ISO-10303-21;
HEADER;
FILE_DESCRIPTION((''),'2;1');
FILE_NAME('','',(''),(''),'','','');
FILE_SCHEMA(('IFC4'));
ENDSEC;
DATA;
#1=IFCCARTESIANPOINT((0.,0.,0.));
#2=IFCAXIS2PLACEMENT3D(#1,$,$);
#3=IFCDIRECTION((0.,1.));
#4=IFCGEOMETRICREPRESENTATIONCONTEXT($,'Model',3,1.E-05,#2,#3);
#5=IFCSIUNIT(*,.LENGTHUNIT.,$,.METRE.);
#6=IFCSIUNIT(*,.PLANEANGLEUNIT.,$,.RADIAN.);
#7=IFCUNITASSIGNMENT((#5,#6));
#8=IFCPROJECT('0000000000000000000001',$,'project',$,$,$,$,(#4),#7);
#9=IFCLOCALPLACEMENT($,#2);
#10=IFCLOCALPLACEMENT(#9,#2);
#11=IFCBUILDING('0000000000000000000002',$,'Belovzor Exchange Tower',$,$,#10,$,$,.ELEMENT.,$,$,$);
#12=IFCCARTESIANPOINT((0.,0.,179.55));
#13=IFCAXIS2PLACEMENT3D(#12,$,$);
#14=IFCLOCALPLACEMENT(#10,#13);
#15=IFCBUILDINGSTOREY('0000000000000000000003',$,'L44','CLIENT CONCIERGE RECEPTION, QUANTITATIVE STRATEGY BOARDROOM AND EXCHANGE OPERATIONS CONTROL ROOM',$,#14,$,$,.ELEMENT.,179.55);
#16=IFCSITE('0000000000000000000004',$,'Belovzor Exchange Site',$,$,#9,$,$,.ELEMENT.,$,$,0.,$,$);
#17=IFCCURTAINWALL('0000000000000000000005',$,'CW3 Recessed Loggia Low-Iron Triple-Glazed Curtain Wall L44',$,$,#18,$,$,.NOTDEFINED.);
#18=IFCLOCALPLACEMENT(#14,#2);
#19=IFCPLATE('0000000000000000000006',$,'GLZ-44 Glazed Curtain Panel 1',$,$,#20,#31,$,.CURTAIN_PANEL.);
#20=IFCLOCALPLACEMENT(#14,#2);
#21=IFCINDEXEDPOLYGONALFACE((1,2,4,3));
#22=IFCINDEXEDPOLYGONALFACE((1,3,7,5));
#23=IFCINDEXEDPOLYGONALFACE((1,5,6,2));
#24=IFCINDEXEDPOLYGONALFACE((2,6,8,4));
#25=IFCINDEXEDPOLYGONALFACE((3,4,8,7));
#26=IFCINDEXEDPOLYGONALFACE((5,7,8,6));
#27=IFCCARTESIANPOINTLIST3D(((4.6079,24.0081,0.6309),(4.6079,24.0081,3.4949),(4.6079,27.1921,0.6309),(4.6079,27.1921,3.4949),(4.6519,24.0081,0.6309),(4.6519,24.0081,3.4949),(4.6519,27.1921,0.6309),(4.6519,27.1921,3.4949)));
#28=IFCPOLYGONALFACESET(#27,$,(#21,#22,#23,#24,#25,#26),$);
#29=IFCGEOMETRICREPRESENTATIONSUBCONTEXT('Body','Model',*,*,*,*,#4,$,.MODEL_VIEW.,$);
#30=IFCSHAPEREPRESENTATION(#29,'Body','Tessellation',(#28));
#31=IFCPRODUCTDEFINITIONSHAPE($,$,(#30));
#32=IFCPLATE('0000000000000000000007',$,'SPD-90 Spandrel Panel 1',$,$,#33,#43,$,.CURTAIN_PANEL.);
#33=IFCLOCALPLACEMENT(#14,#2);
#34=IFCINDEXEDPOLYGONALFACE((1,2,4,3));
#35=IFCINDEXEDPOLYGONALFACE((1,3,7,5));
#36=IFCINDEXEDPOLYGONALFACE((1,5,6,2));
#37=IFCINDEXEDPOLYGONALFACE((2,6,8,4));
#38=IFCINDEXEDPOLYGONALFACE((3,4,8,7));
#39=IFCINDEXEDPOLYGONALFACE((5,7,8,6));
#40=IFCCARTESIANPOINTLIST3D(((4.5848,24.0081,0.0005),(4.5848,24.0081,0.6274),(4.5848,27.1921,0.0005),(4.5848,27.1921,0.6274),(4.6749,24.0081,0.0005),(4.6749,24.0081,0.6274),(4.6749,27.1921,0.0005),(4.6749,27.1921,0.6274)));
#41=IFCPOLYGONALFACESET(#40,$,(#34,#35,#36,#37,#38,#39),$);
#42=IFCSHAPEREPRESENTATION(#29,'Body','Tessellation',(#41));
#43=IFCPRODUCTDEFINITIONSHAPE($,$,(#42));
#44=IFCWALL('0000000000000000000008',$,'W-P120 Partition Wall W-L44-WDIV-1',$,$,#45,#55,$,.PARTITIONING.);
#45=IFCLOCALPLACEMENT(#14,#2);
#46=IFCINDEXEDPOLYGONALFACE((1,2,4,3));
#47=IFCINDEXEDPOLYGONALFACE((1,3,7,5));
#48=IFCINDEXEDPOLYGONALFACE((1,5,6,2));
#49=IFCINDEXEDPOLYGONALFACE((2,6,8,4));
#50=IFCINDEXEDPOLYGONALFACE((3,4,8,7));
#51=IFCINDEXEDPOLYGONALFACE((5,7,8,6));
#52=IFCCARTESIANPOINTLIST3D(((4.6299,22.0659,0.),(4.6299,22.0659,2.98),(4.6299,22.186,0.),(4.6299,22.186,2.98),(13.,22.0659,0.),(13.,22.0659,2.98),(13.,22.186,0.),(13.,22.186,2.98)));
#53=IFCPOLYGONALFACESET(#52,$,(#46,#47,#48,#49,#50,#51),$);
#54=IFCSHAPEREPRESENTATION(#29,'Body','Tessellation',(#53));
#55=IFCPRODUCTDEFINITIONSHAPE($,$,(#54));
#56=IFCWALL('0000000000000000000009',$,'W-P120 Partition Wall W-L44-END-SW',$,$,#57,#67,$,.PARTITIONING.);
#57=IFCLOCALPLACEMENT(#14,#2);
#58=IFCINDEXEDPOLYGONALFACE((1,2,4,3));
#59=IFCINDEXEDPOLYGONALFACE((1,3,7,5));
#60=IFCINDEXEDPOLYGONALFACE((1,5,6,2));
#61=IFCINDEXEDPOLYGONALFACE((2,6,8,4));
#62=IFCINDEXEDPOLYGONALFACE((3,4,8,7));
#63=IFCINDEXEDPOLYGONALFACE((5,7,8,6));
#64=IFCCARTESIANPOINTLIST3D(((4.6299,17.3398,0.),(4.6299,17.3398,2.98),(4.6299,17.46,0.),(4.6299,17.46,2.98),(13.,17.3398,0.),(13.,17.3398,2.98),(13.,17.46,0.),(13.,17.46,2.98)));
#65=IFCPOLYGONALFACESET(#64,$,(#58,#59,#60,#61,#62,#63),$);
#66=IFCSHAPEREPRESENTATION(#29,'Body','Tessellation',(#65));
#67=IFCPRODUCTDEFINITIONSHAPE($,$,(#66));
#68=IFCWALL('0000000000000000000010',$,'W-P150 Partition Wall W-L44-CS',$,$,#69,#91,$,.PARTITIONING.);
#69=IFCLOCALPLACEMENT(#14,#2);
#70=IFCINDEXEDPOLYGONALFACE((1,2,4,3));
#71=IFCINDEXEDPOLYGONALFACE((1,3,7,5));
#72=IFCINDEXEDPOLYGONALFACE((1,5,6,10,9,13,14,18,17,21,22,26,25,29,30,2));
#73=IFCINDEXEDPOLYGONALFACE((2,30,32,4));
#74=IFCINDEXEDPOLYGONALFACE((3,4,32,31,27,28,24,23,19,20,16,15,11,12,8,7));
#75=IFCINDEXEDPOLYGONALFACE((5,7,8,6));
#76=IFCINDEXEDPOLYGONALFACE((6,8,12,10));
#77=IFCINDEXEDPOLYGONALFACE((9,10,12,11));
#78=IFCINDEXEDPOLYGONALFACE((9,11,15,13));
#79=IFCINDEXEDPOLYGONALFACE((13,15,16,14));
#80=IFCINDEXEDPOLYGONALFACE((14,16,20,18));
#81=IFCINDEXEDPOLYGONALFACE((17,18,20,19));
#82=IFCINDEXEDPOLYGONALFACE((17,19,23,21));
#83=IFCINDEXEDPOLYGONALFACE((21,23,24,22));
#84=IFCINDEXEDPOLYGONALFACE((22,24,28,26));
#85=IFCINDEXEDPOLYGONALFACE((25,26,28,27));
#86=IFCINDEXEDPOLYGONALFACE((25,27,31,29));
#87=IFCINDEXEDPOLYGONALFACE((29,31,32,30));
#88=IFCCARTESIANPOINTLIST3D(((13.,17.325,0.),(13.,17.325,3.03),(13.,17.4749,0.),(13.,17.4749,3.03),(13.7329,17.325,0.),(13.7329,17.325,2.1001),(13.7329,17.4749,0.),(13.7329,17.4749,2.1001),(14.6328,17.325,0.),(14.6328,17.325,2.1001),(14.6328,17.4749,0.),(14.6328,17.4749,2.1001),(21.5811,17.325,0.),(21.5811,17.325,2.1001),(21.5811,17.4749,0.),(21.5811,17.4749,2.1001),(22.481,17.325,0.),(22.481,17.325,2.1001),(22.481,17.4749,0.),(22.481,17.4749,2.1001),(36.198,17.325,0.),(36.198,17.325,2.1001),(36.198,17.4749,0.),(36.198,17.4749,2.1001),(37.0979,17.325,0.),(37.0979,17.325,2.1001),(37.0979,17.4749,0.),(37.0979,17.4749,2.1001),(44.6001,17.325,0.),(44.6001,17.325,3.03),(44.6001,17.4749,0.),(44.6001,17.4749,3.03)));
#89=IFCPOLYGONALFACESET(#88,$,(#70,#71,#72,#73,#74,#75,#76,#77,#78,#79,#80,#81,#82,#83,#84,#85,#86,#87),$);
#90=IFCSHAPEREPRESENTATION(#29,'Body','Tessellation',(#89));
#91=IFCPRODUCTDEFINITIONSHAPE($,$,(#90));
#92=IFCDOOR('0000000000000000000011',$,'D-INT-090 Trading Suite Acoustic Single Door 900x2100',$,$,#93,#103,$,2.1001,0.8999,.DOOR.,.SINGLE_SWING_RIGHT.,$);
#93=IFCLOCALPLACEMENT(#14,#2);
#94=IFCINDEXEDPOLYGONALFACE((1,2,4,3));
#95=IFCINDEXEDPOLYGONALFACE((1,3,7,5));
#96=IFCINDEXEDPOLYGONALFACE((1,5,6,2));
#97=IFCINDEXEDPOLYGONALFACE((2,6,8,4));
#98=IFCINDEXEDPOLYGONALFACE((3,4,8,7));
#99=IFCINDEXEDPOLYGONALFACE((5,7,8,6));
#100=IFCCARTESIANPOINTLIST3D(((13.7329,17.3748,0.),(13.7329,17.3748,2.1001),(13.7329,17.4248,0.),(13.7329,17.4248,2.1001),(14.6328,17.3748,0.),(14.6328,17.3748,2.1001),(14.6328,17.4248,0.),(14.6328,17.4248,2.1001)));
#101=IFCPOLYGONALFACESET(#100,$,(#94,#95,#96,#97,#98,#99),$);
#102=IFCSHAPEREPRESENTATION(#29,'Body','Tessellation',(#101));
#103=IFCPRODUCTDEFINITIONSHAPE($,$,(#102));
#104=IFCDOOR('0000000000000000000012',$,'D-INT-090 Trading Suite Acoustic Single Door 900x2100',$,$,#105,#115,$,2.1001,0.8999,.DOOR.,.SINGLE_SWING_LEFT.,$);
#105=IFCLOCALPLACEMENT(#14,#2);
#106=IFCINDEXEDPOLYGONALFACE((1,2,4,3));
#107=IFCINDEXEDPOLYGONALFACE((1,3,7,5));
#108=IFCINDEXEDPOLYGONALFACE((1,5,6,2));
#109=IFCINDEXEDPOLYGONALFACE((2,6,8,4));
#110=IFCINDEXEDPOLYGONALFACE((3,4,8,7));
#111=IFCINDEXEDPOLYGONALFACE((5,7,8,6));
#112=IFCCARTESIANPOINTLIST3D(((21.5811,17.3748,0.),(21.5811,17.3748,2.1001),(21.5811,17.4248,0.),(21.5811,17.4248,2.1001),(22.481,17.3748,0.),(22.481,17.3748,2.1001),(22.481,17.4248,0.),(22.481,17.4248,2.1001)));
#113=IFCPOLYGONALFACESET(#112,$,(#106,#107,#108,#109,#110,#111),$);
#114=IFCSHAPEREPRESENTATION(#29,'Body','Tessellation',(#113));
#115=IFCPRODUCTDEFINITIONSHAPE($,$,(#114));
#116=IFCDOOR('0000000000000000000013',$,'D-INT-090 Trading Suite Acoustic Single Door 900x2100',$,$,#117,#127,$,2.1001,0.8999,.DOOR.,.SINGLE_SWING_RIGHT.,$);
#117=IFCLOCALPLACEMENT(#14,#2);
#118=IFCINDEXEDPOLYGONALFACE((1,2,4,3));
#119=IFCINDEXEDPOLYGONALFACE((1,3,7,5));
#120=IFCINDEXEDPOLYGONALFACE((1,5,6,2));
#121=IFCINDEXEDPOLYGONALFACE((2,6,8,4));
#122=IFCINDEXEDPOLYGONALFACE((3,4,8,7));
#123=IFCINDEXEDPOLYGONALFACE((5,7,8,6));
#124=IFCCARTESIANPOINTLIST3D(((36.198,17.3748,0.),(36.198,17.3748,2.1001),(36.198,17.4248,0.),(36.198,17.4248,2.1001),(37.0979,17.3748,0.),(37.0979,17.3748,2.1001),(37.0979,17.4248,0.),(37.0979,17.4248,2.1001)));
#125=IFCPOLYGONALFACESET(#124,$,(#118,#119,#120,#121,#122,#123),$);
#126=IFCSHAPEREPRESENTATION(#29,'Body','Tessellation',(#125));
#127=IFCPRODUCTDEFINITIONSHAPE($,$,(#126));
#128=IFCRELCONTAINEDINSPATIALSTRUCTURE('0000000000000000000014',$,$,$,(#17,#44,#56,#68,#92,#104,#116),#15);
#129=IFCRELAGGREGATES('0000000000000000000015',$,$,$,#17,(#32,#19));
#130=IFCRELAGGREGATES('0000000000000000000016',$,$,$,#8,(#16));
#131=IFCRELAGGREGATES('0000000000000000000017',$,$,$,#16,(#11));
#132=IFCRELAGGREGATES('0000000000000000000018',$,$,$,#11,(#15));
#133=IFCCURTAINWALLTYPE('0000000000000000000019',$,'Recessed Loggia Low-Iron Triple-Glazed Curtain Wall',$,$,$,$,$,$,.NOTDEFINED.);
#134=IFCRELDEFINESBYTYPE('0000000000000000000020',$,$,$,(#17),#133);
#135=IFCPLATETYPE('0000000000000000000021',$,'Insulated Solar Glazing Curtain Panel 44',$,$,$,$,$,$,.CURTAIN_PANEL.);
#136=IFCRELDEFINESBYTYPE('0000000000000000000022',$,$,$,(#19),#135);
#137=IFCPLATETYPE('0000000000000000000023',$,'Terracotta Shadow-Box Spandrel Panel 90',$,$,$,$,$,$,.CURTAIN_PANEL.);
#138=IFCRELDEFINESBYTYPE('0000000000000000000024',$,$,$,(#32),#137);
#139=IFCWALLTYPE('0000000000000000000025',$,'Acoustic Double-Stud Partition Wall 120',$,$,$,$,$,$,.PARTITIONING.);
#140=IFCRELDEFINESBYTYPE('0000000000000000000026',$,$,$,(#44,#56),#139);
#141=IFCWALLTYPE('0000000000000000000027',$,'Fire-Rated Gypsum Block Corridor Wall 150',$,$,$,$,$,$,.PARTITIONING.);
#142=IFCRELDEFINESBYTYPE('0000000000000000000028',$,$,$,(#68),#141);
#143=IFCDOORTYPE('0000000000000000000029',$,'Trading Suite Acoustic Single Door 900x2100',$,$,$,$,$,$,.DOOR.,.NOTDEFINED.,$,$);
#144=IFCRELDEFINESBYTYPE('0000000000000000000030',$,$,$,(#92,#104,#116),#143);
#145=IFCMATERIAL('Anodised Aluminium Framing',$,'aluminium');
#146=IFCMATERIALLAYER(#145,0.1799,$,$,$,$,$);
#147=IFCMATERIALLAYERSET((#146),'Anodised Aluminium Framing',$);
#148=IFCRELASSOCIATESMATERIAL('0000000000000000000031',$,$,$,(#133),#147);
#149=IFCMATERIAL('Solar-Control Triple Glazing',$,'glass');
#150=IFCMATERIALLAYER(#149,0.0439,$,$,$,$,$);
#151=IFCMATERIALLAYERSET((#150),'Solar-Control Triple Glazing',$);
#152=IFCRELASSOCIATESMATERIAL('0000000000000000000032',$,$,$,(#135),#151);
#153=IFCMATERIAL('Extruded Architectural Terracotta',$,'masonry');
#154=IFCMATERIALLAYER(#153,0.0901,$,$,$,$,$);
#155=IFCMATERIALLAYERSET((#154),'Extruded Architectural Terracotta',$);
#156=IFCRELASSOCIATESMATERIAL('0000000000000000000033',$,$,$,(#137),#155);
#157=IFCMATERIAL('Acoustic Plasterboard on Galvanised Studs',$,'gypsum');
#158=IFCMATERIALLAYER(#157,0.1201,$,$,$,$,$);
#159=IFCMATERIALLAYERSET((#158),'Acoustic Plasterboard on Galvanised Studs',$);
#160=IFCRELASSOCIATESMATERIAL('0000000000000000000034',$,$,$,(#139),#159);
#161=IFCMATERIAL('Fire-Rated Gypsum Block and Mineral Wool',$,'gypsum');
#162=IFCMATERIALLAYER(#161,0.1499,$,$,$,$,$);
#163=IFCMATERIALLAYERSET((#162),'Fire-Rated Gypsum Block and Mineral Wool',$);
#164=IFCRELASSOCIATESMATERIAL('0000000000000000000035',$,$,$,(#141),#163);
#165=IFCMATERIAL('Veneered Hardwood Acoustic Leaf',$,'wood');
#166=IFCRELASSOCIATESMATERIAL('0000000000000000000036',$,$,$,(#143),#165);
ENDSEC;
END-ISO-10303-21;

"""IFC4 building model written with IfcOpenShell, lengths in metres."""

from ifc_helpers import new_model, si_unit, direction, frame, frame_2d, origin, origin_2d, place, context, subcontext, project, spatial, rectangle, extrude, material, layer, layer_set, type_object, element, fill, aggregate, save


model = new_model("IFC4")

# Units and contexts
model_context = context("Model", 3, precision=1e-05, world=origin(), true_north=direction((0.0, 1.0)))
body_context = subcontext(model_context, "Body", "Model", "MODEL_VIEW")
ifc_project = project(units=[si_unit("LENGTHUNIT", "METRE"), si_unit("PLANEANGLEUNIT", "RADIAN")], contexts=[model_context])

# Site, building, storey
site_placement = place(None, origin())
site = spatial("IfcSite", under=ifc_project, at=site_placement, Name="Belovzor Exchange Site", CompositionType="ELEMENT", RefElevation=0.0)
building_placement = place(site_placement, origin())
building = spatial("IfcBuilding", under=site, at=building_placement, Name="Belovzor Exchange Tower", CompositionType="ELEMENT")
storey_placement = place(building_placement, frame((0.0, 0.0, 179.55)))
storey = spatial("IfcBuildingStorey", under=building, at=storey_placement, Name="L44", Description="CLIENT CONCIERGE RECEPTION, QUANTITATIVE STRATEGY BOARDROOM AND EXCHANGE OPERATIONS CONTROL ROOM", CompositionType="ELEMENT", Elevation=179.55)

# Curtain wall
ifc_material_1 = material(Name="Anodised Aluminium Framing", Category="aluminium")
ifc_layer_1 = layer(ifc_material_1, 0.1799)
ifc_layer_set_1 = layer_set([ifc_layer_1], Name="Anodised Aluminium Framing")
curtain_wall_type = type_object("IfcCurtainWallType", Name="Recessed Loggia Low-Iron Triple-Glazed Curtain Wall", PredefinedType="NOTDEFINED", material=ifc_layer_set_1)
curtain_wall_placement = place(storey_placement, origin())
curtain_wall = element("IfcCurtainWall", 1, at=curtain_wall_placement, inside=storey, type_object=curtain_wall_type, Name="CW3 Recessed Loggia Low-Iron Triple-Glazed Curtain Wall L44", PredefinedType="NOTDEFINED")

# Plates
ifc_material_2 = material(Name="Solar-Control Triple Glazing", Category="glass")
ifc_layer_2 = layer(ifc_material_2, 0.0439)
ifc_layer_set_2 = layer_set([ifc_layer_2], Name="Solar-Control Triple Glazing")
plate_type_1 = type_object("IfcPlateType", Name="Insulated Solar Glazing Curtain Panel 44", PredefinedType="CURTAIN_PANEL", material=ifc_layer_set_2)
plate_1_placement = place(storey_placement, frame((4.6299, 25.6001, 0.6309), z_axis=(0.0, 0.0, 1.0), x_axis=(0.0, 1.0, 0.0)))
plate_1 = element("IfcPlate", 2, at=plate_1_placement, type_object=plate_type_1, Name="GLZ-44 Glazed Curtain Panel 1", PredefinedType="CURTAIN_PANEL", context=body_context, shape_type="SweptSolid", body=[
    extrude(rectangle(XDim=3.1841, YDim=0.0439, at=origin_2d()), origin(), (0.0, 0.0, 1.0), 2.864),
])
ifc_material_3 = material(Name="Extruded Architectural Terracotta", Category="masonry")
ifc_layer_3 = layer(ifc_material_3, 0.0901)
ifc_layer_set_3 = layer_set([ifc_layer_3], Name="Extruded Architectural Terracotta")
plate_type_2 = type_object("IfcPlateType", Name="Terracotta Shadow-Box Spandrel Panel 90", PredefinedType="CURTAIN_PANEL", material=ifc_layer_set_3)
plate_2_placement = place(storey_placement, frame((4.6299, 25.6001, 0.0005), z_axis=(0.0, 0.0, 1.0), x_axis=(0.0, 1.0, 0.0)))
plate_2 = element("IfcPlate", 3, at=plate_2_placement, type_object=plate_type_2, Name="SPD-90 Spandrel Panel 1", PredefinedType="CURTAIN_PANEL", context=body_context, shape_type="SweptSolid", body=[
    extrude(rectangle(XDim=3.1841, YDim=0.0901, at=origin_2d()), origin(), (0.0, 0.0, 1.0), 0.627),
])
aggregate(curtain_wall, [plate_2, plate_1])

# Walls
ifc_material_4 = material(Name="Acoustic Plasterboard on Galvanised Studs", Category="gypsum")
ifc_layer_4 = layer(ifc_material_4, 0.1201)
ifc_layer_set_4 = layer_set([ifc_layer_4], Name="Acoustic Plasterboard on Galvanised Studs")
wall_type_1 = type_object("IfcWallType", Name="Acoustic Double-Stud Partition Wall 120", PredefinedType="PARTITIONING", material=ifc_layer_set_4)
for number, where, z_axis, x_axis, name in (
    (4, (4.6299, 22.126, 0.0), (0.0, 0.0, 1.0), (1.0, 0.0, 0.0), "W-P120 Partition Wall W-L44-WDIV-1"),
    (5, (4.6299, 17.3999, 0.0), (0.0, 0.0, 1.0), (1.0, 0.0, 0.0), "W-P120 Partition Wall W-L44-END-SW"),
):
    element("IfcWall", number, at=place(storey_placement, frame(where, z_axis=z_axis, x_axis=x_axis)), inside=storey, type_object=wall_type_1, Name=name, PredefinedType="PARTITIONING", context=body_context, shape_type="SweptSolid", body=[
        extrude(rectangle(XDim=8.3701, YDim=0.1201, at=frame_2d((4.1851, 0.0))), origin(), (0.0, 0.0, 1.0), 2.98),
    ])

# Wall, openings, doors
ifc_material_5 = material(Name="Fire-Rated Gypsum Block and Mineral Wool", Category="gypsum")
ifc_layer_5 = layer(ifc_material_5, 0.1499)
ifc_layer_set_5 = layer_set([ifc_layer_5], Name="Fire-Rated Gypsum Block and Mineral Wool")
wall_type_2 = type_object("IfcWallType", Name="Fire-Rated Gypsum Block Corridor Wall 150", PredefinedType="PARTITIONING", material=ifc_layer_set_5)
wall_1_placement = place(storey_placement, frame((13.0, 17.3999, 0.0), z_axis=(0.0, 0.0, 1.0), x_axis=(1.0, 0.0, 0.0)))
wall_1 = element("IfcWall", 6, at=wall_1_placement, inside=storey, type_object=wall_type_2, Name="W-P150 Partition Wall W-L44-CS", PredefinedType="PARTITIONING", context=body_context, shape_type="SweptSolid", body=[
    extrude(rectangle(XDim=31.6001, YDim=0.1499, at=frame_2d((15.8, 0.0))), origin(), (0.0, 0.0, 1.0), 3.03),
])
opening_1_placement = place(wall_1_placement, frame((0.7329, 0.0, 0.0)))
opening_1 = element("IfcOpeningElement", 7, at=opening_1_placement, cuts=wall_1, PredefinedType="OPENING", context=body_context, shape_type="SweptSolid", body=[
    extrude(rectangle(XDim=0.8999, YDim=2.1001, at=frame_2d((0.45, 1.05))), frame((0.0, 0.085, 0.0), z_axis=(0.0, -1.0, 0.0), x_axis=(1.0, 0.0, 0.0)), (0.0, 0.0, 1.0), 0.1699),
])
opening_2_placement = place(wall_1_placement, frame((8.5811, 0.0, 0.0)))
opening_2 = element("IfcOpeningElement", 8, at=opening_2_placement, cuts=wall_1, PredefinedType="OPENING", context=body_context, shape_type="SweptSolid", body=[
    extrude(rectangle(XDim=0.8999, YDim=2.1001, at=frame_2d((0.45, 1.05))), frame((0.0, 0.085, 0.0), z_axis=(0.0, -1.0, 0.0), x_axis=(1.0, 0.0, 0.0)), (0.0, 0.0, 1.0), 0.1699),
])
opening_3_placement = place(wall_1_placement, frame((23.198, 0.0, 0.0)))
opening_3 = element("IfcOpeningElement", 9, at=opening_3_placement, cuts=wall_1, PredefinedType="OPENING", context=body_context, shape_type="SweptSolid", body=[
    extrude(rectangle(XDim=0.8999, YDim=2.1001, at=frame_2d((0.45, 1.05))), frame((0.0, 0.085, 0.0), z_axis=(0.0, -1.0, 0.0), x_axis=(1.0, 0.0, 0.0)), (0.0, 0.0, 1.0), 0.1699),
])
ifc_material_6 = material(Name="Veneered Hardwood Acoustic Leaf", Category="wood")
door_type = type_object("IfcDoorType", Name="Trading Suite Acoustic Single Door 900x2100", OperationType="NOTDEFINED", PredefinedType="DOOR", material=ifc_material_6)
door_1_placement = place(opening_1_placement, origin())
door_1 = element("IfcDoor", 10, at=door_1_placement, inside=storey, type_object=door_type, Name="D-INT-090 Trading Suite Acoustic Single Door 900x2100", OperationType="SINGLE_SWING_RIGHT", OverallHeight=2.1001, OverallWidth=0.8999, PredefinedType="DOOR", context=body_context, shape_type="SweptSolid", body=[
    extrude(rectangle(XDim=0.8999, YDim=2.1001, at=frame_2d((0.45, 1.05))), frame((0.0, 0.0249, 0.0), z_axis=(0.0, -1.0, 0.0), x_axis=(1.0, 0.0, 0.0)), (0.0, 0.0, 1.0), 0.05),
])
fill(opening_1, door_1)
door_2_placement = place(opening_2_placement, origin())
door_2 = element("IfcDoor", 11, at=door_2_placement, inside=storey, type_object=door_type, Name="D-INT-090 Trading Suite Acoustic Single Door 900x2100", OperationType="SINGLE_SWING_LEFT", OverallHeight=2.1001, OverallWidth=0.8999, PredefinedType="DOOR", context=body_context, shape_type="SweptSolid", body=[
    extrude(rectangle(XDim=0.8999, YDim=2.1001, at=frame_2d((0.45, 1.05))), frame((0.0, 0.0249, 0.0), z_axis=(0.0, -1.0, 0.0), x_axis=(1.0, 0.0, 0.0)), (0.0, 0.0, 1.0), 0.05),
])
fill(opening_2, door_2)
door_3_placement = place(opening_3_placement, origin())
door_3 = element("IfcDoor", 12, at=door_3_placement, inside=storey, type_object=door_type, Name="D-INT-090 Trading Suite Acoustic Single Door 900x2100", OperationType="SINGLE_SWING_RIGHT", OverallHeight=2.1001, OverallWidth=0.8999, PredefinedType="DOOR", context=body_context, shape_type="SweptSolid", body=[
    extrude(rectangle(XDim=0.8999, YDim=2.1001, at=frame_2d((0.45, 1.05))), frame((0.0, 0.0249, 0.0), z_axis=(0.0, -1.0, 0.0), x_axis=(1.0, 0.0, 0.0)), (0.0, 0.0, 1.0), 0.05),
])
fill(opening_3, door_3)

save(model, "model.ifc")
